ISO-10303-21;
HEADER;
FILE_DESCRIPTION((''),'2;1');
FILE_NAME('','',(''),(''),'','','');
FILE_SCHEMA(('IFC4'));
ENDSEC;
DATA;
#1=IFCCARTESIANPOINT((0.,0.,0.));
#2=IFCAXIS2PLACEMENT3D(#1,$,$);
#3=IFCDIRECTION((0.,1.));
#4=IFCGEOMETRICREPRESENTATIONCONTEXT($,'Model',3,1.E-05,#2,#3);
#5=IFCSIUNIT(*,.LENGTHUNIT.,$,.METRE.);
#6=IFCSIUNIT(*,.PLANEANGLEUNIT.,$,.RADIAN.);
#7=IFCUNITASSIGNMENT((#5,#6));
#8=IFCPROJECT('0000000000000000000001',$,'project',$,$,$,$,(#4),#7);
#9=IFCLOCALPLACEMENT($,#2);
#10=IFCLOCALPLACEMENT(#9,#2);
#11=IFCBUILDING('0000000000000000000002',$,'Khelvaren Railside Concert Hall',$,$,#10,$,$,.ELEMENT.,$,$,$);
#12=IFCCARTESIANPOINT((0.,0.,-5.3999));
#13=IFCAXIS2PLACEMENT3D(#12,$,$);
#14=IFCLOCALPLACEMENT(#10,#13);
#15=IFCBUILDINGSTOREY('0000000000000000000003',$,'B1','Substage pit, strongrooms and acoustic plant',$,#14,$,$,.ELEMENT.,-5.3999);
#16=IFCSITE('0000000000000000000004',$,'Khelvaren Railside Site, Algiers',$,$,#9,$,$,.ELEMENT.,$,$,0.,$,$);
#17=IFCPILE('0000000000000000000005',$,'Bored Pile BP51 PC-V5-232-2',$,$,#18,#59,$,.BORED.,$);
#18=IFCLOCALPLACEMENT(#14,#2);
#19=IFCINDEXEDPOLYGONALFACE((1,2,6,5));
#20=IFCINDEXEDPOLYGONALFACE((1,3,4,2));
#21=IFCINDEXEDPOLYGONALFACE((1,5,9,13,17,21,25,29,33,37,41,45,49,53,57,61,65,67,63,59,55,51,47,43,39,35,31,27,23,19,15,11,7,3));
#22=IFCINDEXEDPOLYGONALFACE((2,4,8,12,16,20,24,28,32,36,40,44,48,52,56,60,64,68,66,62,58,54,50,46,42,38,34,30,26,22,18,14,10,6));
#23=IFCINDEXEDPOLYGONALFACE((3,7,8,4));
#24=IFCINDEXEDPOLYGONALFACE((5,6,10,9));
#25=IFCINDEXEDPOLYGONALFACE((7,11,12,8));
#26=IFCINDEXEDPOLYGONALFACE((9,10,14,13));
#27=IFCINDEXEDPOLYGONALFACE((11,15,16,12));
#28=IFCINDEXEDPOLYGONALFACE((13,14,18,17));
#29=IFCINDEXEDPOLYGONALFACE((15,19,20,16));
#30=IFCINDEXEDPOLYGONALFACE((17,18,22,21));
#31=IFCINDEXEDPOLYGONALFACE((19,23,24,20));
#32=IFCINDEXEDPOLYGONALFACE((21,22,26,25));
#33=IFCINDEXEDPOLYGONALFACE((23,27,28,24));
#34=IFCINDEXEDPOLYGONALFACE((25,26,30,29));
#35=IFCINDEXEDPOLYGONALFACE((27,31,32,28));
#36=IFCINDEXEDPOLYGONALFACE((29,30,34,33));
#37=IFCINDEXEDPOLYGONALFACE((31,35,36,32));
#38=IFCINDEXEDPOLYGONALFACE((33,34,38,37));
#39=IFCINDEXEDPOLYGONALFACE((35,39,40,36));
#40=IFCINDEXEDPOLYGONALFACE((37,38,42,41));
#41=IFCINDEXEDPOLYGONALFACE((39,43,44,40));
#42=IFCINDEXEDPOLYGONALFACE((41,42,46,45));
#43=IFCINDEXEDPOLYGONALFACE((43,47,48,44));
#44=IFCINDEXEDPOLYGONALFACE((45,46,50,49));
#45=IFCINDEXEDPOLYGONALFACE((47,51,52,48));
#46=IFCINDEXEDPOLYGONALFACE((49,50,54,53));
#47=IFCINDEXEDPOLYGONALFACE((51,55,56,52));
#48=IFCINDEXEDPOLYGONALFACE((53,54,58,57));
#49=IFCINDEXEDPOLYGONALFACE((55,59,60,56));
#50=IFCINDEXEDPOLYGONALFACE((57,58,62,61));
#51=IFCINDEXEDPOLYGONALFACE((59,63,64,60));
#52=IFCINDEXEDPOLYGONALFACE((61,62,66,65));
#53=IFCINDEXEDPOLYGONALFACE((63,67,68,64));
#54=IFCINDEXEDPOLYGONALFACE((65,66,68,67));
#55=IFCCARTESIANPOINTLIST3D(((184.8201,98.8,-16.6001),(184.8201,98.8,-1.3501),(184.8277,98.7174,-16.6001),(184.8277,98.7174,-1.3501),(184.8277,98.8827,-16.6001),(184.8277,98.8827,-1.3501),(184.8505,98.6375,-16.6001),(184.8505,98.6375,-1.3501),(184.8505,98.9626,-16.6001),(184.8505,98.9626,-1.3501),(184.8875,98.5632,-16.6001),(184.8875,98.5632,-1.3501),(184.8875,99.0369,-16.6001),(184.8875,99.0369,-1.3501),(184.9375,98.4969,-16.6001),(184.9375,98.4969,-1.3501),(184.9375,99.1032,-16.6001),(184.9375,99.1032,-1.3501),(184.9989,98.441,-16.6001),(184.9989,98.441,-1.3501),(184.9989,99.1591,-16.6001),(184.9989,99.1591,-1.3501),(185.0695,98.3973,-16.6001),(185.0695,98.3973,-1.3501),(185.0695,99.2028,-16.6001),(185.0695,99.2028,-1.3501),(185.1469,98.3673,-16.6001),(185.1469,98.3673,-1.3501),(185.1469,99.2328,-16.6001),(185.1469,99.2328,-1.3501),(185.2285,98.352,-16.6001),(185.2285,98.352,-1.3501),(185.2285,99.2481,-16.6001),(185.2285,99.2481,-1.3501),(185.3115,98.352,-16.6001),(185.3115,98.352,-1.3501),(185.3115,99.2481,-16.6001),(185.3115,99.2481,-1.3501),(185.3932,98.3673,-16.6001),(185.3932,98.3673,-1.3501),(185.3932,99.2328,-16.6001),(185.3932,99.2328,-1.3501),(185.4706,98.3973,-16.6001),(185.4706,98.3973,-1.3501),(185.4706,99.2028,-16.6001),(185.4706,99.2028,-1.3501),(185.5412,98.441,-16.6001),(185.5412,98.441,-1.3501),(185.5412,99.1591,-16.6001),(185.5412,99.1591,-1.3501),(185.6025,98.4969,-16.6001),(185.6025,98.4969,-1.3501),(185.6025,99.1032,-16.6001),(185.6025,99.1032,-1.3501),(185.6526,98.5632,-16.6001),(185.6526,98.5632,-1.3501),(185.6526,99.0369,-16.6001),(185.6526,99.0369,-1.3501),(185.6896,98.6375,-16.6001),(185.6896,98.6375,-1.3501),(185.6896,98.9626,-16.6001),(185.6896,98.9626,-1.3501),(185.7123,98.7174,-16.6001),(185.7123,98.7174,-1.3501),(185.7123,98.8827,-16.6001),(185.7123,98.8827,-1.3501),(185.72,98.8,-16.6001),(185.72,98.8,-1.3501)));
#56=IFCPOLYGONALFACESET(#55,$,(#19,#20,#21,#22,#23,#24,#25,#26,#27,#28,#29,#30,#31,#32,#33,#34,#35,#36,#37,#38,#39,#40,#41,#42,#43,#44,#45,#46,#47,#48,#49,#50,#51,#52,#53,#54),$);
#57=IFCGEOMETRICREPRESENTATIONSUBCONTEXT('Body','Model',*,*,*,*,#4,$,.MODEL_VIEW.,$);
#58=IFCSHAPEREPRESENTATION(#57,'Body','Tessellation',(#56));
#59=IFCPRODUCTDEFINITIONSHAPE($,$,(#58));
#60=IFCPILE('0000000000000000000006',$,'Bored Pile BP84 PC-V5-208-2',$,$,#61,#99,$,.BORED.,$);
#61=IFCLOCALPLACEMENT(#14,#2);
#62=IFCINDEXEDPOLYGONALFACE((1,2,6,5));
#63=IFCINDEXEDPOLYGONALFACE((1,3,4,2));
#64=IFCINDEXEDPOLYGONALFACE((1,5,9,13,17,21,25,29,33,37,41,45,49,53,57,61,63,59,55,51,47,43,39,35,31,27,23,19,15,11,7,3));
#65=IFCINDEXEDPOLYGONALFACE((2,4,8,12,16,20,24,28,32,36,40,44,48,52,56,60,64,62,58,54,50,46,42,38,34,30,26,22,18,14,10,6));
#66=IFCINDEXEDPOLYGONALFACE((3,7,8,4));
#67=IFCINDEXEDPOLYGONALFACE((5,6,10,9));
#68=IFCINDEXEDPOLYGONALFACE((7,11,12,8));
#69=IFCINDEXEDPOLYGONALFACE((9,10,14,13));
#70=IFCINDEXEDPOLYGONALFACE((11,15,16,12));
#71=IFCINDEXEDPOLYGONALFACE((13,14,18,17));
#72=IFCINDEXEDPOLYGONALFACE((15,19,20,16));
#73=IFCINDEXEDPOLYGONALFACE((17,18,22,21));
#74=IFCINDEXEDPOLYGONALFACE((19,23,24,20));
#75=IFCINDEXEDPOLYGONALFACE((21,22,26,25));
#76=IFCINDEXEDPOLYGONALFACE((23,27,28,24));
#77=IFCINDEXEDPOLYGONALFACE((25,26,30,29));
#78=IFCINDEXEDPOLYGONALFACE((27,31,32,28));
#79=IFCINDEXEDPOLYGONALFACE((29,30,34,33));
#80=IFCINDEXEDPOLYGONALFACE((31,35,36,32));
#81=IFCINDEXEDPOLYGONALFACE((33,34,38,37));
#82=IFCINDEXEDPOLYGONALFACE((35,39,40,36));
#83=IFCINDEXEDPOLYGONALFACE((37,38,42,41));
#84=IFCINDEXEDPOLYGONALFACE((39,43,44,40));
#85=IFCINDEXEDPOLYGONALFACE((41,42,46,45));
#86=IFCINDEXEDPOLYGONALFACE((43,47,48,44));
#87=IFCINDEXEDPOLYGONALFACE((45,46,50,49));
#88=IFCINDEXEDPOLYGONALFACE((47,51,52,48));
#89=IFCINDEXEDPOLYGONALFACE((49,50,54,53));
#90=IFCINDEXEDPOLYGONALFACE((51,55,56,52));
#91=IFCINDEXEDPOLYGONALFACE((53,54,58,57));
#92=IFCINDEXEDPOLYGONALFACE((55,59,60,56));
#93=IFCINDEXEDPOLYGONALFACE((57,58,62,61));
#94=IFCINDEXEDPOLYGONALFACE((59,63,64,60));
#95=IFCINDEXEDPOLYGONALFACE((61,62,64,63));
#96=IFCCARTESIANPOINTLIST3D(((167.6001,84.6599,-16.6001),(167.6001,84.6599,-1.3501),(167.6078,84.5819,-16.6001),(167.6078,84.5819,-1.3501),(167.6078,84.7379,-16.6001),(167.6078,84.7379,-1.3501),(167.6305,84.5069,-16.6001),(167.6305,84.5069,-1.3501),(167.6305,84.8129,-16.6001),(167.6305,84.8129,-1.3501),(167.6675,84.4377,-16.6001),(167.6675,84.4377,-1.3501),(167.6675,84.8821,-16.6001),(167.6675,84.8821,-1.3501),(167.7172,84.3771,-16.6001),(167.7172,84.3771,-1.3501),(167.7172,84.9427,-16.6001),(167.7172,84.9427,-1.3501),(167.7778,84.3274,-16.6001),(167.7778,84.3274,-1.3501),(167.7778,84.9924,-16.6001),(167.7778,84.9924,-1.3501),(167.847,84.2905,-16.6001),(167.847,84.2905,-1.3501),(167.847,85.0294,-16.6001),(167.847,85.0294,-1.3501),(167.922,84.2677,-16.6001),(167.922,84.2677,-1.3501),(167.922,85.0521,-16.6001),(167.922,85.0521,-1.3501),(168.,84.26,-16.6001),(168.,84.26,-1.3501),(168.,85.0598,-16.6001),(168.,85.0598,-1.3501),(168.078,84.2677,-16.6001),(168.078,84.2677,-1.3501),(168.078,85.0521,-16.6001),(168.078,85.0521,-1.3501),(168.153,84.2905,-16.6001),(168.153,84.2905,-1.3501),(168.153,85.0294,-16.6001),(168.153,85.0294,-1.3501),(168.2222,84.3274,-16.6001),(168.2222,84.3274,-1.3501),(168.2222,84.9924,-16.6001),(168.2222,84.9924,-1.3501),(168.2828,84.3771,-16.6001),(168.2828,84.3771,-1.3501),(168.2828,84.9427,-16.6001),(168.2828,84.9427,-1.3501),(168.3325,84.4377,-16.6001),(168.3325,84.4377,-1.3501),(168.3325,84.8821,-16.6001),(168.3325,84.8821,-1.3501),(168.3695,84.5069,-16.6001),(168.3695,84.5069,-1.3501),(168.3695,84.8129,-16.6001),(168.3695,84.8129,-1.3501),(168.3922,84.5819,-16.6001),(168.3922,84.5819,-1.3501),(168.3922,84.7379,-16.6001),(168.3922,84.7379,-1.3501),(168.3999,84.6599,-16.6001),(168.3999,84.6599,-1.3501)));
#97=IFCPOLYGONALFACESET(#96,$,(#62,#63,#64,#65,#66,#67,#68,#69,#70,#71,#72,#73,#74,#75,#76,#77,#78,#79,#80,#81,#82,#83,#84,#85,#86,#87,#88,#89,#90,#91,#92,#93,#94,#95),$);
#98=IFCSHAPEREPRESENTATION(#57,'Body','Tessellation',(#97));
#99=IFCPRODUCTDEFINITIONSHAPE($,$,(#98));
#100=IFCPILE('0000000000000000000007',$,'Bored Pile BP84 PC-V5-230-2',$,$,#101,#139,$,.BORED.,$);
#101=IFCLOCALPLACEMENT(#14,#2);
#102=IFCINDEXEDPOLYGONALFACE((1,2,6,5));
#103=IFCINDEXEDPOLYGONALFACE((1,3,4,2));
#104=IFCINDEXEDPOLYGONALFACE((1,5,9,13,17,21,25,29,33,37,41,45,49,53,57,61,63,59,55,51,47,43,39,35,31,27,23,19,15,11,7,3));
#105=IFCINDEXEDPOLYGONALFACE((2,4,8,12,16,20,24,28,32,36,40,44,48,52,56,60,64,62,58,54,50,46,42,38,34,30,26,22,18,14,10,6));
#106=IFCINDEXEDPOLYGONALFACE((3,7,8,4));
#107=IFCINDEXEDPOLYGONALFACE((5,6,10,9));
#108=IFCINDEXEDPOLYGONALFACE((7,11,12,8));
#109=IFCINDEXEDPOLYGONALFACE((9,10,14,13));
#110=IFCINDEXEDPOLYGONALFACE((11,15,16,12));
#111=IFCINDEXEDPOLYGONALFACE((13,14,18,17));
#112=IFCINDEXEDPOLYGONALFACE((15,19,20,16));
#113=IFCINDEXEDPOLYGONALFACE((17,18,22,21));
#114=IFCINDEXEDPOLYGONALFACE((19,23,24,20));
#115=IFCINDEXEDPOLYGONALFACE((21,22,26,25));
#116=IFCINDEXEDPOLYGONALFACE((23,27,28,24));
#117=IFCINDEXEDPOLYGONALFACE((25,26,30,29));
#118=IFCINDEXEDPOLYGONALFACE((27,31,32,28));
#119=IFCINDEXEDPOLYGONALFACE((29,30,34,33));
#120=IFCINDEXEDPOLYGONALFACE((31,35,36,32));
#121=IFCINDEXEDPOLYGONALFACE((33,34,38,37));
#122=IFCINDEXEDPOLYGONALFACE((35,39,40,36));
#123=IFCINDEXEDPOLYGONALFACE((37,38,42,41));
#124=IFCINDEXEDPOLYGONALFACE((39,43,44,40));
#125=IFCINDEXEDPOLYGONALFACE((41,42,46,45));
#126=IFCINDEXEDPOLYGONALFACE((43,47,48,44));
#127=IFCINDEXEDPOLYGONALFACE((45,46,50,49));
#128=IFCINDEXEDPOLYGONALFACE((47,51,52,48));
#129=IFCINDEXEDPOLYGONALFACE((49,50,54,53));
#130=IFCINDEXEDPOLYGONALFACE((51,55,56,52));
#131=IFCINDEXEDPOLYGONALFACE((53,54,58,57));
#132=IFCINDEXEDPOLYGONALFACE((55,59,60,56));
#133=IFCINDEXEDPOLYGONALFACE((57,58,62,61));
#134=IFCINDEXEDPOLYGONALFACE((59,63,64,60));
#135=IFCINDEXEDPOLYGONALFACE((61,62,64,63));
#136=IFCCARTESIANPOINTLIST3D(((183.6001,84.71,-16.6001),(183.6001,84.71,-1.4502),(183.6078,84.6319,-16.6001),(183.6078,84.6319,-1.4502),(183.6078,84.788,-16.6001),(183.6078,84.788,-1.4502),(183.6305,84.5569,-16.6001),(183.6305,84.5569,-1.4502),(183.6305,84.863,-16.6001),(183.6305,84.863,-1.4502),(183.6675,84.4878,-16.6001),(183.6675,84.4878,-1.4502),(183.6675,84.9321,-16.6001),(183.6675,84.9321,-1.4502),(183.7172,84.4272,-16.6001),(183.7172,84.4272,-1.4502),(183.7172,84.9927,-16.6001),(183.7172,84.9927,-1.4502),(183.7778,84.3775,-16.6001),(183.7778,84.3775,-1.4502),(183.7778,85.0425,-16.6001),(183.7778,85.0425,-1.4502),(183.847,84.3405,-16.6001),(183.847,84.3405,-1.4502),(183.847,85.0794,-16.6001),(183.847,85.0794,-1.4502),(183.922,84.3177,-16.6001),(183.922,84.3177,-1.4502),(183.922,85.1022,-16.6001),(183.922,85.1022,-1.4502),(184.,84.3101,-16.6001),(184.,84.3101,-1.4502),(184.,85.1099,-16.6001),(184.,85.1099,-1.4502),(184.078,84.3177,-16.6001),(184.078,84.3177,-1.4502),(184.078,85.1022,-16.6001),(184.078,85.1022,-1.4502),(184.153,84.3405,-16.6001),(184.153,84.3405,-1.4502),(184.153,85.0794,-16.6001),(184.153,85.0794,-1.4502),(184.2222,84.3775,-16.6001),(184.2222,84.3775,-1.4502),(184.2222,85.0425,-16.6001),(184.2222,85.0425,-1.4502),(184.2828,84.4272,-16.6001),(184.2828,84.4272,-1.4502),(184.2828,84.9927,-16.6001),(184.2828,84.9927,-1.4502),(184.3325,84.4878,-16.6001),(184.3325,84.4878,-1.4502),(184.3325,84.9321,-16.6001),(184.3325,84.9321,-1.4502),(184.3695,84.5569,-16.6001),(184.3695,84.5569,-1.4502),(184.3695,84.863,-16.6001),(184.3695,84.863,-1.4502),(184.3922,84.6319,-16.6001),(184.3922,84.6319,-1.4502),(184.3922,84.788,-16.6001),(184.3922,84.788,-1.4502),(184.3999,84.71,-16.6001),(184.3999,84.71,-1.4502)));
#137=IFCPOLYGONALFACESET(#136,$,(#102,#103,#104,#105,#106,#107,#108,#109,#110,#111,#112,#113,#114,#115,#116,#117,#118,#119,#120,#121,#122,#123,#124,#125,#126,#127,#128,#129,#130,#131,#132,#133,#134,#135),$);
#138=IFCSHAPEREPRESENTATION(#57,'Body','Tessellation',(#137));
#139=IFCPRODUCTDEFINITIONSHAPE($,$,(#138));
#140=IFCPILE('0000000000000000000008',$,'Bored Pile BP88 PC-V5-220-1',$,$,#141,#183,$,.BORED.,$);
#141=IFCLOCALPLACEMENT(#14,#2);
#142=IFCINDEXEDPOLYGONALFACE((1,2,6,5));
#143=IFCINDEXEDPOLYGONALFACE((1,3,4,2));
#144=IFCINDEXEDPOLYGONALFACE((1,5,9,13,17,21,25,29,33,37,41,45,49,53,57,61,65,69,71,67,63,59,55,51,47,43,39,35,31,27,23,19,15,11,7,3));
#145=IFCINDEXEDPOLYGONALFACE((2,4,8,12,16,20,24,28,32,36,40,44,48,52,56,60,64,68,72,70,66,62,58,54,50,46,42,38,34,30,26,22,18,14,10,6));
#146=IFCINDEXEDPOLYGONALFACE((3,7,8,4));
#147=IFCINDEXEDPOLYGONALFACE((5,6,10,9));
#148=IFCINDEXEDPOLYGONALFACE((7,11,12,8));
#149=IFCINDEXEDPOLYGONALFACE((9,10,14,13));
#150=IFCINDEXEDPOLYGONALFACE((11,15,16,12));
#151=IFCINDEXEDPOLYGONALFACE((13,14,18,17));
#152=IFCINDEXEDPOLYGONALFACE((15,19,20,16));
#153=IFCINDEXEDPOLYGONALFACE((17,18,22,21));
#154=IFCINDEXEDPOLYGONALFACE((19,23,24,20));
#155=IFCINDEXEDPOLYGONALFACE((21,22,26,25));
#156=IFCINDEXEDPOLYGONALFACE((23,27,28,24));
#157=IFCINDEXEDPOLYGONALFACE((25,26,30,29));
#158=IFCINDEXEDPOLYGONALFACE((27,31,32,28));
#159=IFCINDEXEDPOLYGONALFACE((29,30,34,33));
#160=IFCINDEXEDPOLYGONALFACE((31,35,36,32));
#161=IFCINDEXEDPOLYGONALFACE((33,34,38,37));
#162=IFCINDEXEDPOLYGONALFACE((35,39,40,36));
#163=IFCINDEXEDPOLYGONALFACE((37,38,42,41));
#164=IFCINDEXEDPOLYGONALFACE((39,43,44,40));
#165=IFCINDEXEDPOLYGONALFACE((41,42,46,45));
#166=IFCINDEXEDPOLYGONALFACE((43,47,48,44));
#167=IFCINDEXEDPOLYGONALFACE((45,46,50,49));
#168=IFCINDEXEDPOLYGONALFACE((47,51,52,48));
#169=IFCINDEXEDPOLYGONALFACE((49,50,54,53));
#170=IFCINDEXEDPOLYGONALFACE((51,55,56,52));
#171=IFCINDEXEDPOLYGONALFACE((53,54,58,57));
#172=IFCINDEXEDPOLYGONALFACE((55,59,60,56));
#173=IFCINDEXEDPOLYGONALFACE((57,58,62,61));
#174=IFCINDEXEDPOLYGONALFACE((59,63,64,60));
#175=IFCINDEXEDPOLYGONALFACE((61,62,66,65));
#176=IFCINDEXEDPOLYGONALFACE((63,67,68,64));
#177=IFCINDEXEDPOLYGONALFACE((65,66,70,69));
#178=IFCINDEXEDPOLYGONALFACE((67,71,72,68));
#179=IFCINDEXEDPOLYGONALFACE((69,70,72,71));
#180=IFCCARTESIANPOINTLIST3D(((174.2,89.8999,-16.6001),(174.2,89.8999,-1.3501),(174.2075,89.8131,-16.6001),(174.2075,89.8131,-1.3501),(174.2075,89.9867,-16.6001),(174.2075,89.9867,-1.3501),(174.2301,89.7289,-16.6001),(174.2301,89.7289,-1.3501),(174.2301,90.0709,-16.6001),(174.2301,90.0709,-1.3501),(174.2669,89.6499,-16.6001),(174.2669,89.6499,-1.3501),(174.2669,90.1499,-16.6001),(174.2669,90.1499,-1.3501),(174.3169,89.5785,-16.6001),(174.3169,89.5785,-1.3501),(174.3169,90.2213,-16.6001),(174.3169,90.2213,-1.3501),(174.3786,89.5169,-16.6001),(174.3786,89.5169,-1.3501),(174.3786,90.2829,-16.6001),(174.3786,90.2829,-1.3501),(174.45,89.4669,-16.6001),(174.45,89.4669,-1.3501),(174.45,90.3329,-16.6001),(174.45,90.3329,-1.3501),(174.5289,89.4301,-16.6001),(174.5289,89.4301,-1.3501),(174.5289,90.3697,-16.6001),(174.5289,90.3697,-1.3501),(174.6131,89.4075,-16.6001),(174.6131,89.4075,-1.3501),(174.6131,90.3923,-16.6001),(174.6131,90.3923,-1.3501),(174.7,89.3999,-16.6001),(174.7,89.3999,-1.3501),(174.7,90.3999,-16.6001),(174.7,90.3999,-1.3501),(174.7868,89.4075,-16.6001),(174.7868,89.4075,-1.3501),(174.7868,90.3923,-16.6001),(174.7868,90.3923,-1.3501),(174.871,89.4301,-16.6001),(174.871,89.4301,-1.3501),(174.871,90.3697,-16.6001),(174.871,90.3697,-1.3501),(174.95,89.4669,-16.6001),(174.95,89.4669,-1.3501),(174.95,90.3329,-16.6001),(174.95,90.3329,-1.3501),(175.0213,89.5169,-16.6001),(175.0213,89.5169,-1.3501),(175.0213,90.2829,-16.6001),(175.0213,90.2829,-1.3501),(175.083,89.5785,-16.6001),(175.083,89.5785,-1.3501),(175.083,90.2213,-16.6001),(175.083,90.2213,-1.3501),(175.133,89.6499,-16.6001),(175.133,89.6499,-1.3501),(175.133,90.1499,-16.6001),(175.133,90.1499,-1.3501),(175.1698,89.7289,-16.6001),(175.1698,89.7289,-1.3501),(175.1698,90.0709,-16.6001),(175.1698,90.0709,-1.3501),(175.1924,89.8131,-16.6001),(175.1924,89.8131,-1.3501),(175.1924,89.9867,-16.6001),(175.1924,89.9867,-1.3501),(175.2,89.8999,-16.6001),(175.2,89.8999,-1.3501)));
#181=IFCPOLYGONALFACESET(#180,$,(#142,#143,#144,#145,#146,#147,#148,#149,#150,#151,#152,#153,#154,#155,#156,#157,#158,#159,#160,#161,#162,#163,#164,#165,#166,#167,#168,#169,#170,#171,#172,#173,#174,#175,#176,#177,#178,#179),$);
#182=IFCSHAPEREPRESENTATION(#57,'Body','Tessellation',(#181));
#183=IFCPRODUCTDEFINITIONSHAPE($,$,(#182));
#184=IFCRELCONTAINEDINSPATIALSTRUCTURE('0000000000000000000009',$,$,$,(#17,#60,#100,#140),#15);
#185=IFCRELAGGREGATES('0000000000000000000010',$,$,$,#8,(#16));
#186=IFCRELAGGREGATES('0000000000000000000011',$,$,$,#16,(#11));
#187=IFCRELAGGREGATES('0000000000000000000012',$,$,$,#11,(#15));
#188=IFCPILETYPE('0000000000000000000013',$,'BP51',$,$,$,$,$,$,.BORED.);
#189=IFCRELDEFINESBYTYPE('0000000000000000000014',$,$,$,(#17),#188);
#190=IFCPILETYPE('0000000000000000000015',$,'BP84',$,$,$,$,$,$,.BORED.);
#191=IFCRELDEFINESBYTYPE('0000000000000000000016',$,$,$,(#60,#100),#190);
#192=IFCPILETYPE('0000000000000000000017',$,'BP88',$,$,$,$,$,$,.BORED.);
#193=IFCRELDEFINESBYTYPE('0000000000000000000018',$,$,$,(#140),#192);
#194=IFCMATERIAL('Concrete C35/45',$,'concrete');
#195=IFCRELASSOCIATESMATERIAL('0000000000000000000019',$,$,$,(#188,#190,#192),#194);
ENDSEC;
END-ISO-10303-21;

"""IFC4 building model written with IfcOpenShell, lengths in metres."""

from ifc_helpers import new_model, si_unit, direction, frame, origin, origin_2d, place, context, subcontext, project, spatial, circle, extrude, material, material_profile, profile_set, type_object, element, save


model = new_model("IFC4")

# Units and contexts
model_context = context("Model", 3, precision=1e-05, world=origin(), true_north=direction((0.0, 1.0)))
body_context = subcontext(model_context, "Body", "Model", "MODEL_VIEW")
ifc_project = project(units=[si_unit("LENGTHUNIT", "METRE"), si_unit("PLANEANGLEUNIT", "RADIAN")], contexts=[model_context])

# Site, building, storey
site_placement = place(None, origin())
site = spatial("IfcSite", under=ifc_project, at=site_placement, Name="Khelvaren Railside Site, Algiers", CompositionType="ELEMENT", RefElevation=0.0)
building_placement = place(site_placement, origin())
building = spatial("IfcBuilding", under=site, at=building_placement, Name="Khelvaren Railside Concert Hall", CompositionType="ELEMENT")
storey_placement = place(building_placement, frame((0.0, 0.0, -5.3999)))
storey = spatial("IfcBuildingStorey", under=building, at=storey_placement, Name="B1", Description="Substage pit, strongrooms and acoustic plant", CompositionType="ELEMENT", Elevation=-5.3999)

# Piles
ifc_material_1 = material(Name="Concrete C35/45", Category="concrete")
ifc_material_profile_1 = material_profile(ifc_material_1, circle(Radius=0.45, at=origin_2d()), Name="BP D900")
ifc_profile_set_1 = profile_set([ifc_material_profile_1], Name="Concrete C35/45")
pile_type_1 = type_object("IfcPileType", Name="BP51", PredefinedType="BORED", material=ifc_profile_set_1)
for number, where, z_axis, x_axis, name in (
    (1, (185.27, 98.8, -1.3501), (0.0, 0.0, -1.0), (1.0, 0.0, 0.0), "Bored Pile BP51 PC-V5-232-2"),
):
    element("IfcPile", number, at=place(storey_placement, frame(where, z_axis=z_axis, x_axis=x_axis)), inside=storey, type_object=pile_type_1, Name=name, PredefinedType="BORED", context=body_context, shape_type="SweptSolid", body=[
        extrude(circle(Radius=0.45, at=origin_2d()), origin(), (0.0, 0.0, 1.0), 15.25),
    ])
ifc_material_profile_2 = material_profile(ifc_material_1, circle(Radius=0.3999, at=origin_2d()), Name="BP D800")
ifc_profile_set_2 = profile_set([ifc_material_profile_2], Name="Concrete C35/45")
pile_type_2 = type_object("IfcPileType", Name="BP84", PredefinedType="BORED", material=ifc_profile_set_2)
pile_1_placement = place(storey_placement, frame((168.0, 84.6599, -1.3501), z_axis=(0.0, 0.0, -1.0), x_axis=(1.0, 0.0, 0.0)))
element("IfcPile", 2, at=pile_1_placement, inside=storey, type_object=pile_type_2, Name="Bored Pile BP84 PC-V5-208-2", PredefinedType="BORED", context=body_context, shape_type="SweptSolid", body=[
    extrude(circle(Radius=0.3999, at=origin_2d()), origin(), (0.0, 0.0, 1.0), 15.25),
])
pile_2_placement = place(storey_placement, frame((184.0, 84.71, -1.4502), z_axis=(0.0, 0.0, -1.0), x_axis=(1.0, 0.0, 0.0)))
element("IfcPile", 3, at=pile_2_placement, inside=storey, type_object=pile_type_2, Name="Bored Pile BP84 PC-V5-230-2", PredefinedType="BORED", context=body_context, shape_type="SweptSolid", body=[
    extrude(circle(Radius=0.3999, at=origin_2d()), origin(), (0.0, 0.0, 1.0), 15.1499),
])
ifc_material_profile_3 = material_profile(ifc_material_1, circle(Radius=0.5, at=origin_2d()), Name="BP D1000")
ifc_profile_set_3 = profile_set([ifc_material_profile_3], Name="Concrete C35/45")
pile_type_3 = type_object("IfcPileType", Name="BP88", PredefinedType="BORED", material=ifc_profile_set_3)
for number, where, z_axis, x_axis, name in (
    (4, (174.7, 89.8999, -1.3501), (0.0, 0.0, -1.0), (1.0, 0.0, 0.0), "Bored Pile BP88 PC-V5-220-1"),
):
    element("IfcPile", number, at=place(storey_placement, frame(where, z_axis=z_axis, x_axis=x_axis)), inside=storey, type_object=pile_type_3, Name=name, PredefinedType="BORED", context=body_context, shape_type="SweptSolid", body=[
        extrude(circle(Radius=0.5, at=origin_2d()), origin(), (0.0, 0.0, 1.0), 15.25),
    ])

save(model, "model.ifc")
